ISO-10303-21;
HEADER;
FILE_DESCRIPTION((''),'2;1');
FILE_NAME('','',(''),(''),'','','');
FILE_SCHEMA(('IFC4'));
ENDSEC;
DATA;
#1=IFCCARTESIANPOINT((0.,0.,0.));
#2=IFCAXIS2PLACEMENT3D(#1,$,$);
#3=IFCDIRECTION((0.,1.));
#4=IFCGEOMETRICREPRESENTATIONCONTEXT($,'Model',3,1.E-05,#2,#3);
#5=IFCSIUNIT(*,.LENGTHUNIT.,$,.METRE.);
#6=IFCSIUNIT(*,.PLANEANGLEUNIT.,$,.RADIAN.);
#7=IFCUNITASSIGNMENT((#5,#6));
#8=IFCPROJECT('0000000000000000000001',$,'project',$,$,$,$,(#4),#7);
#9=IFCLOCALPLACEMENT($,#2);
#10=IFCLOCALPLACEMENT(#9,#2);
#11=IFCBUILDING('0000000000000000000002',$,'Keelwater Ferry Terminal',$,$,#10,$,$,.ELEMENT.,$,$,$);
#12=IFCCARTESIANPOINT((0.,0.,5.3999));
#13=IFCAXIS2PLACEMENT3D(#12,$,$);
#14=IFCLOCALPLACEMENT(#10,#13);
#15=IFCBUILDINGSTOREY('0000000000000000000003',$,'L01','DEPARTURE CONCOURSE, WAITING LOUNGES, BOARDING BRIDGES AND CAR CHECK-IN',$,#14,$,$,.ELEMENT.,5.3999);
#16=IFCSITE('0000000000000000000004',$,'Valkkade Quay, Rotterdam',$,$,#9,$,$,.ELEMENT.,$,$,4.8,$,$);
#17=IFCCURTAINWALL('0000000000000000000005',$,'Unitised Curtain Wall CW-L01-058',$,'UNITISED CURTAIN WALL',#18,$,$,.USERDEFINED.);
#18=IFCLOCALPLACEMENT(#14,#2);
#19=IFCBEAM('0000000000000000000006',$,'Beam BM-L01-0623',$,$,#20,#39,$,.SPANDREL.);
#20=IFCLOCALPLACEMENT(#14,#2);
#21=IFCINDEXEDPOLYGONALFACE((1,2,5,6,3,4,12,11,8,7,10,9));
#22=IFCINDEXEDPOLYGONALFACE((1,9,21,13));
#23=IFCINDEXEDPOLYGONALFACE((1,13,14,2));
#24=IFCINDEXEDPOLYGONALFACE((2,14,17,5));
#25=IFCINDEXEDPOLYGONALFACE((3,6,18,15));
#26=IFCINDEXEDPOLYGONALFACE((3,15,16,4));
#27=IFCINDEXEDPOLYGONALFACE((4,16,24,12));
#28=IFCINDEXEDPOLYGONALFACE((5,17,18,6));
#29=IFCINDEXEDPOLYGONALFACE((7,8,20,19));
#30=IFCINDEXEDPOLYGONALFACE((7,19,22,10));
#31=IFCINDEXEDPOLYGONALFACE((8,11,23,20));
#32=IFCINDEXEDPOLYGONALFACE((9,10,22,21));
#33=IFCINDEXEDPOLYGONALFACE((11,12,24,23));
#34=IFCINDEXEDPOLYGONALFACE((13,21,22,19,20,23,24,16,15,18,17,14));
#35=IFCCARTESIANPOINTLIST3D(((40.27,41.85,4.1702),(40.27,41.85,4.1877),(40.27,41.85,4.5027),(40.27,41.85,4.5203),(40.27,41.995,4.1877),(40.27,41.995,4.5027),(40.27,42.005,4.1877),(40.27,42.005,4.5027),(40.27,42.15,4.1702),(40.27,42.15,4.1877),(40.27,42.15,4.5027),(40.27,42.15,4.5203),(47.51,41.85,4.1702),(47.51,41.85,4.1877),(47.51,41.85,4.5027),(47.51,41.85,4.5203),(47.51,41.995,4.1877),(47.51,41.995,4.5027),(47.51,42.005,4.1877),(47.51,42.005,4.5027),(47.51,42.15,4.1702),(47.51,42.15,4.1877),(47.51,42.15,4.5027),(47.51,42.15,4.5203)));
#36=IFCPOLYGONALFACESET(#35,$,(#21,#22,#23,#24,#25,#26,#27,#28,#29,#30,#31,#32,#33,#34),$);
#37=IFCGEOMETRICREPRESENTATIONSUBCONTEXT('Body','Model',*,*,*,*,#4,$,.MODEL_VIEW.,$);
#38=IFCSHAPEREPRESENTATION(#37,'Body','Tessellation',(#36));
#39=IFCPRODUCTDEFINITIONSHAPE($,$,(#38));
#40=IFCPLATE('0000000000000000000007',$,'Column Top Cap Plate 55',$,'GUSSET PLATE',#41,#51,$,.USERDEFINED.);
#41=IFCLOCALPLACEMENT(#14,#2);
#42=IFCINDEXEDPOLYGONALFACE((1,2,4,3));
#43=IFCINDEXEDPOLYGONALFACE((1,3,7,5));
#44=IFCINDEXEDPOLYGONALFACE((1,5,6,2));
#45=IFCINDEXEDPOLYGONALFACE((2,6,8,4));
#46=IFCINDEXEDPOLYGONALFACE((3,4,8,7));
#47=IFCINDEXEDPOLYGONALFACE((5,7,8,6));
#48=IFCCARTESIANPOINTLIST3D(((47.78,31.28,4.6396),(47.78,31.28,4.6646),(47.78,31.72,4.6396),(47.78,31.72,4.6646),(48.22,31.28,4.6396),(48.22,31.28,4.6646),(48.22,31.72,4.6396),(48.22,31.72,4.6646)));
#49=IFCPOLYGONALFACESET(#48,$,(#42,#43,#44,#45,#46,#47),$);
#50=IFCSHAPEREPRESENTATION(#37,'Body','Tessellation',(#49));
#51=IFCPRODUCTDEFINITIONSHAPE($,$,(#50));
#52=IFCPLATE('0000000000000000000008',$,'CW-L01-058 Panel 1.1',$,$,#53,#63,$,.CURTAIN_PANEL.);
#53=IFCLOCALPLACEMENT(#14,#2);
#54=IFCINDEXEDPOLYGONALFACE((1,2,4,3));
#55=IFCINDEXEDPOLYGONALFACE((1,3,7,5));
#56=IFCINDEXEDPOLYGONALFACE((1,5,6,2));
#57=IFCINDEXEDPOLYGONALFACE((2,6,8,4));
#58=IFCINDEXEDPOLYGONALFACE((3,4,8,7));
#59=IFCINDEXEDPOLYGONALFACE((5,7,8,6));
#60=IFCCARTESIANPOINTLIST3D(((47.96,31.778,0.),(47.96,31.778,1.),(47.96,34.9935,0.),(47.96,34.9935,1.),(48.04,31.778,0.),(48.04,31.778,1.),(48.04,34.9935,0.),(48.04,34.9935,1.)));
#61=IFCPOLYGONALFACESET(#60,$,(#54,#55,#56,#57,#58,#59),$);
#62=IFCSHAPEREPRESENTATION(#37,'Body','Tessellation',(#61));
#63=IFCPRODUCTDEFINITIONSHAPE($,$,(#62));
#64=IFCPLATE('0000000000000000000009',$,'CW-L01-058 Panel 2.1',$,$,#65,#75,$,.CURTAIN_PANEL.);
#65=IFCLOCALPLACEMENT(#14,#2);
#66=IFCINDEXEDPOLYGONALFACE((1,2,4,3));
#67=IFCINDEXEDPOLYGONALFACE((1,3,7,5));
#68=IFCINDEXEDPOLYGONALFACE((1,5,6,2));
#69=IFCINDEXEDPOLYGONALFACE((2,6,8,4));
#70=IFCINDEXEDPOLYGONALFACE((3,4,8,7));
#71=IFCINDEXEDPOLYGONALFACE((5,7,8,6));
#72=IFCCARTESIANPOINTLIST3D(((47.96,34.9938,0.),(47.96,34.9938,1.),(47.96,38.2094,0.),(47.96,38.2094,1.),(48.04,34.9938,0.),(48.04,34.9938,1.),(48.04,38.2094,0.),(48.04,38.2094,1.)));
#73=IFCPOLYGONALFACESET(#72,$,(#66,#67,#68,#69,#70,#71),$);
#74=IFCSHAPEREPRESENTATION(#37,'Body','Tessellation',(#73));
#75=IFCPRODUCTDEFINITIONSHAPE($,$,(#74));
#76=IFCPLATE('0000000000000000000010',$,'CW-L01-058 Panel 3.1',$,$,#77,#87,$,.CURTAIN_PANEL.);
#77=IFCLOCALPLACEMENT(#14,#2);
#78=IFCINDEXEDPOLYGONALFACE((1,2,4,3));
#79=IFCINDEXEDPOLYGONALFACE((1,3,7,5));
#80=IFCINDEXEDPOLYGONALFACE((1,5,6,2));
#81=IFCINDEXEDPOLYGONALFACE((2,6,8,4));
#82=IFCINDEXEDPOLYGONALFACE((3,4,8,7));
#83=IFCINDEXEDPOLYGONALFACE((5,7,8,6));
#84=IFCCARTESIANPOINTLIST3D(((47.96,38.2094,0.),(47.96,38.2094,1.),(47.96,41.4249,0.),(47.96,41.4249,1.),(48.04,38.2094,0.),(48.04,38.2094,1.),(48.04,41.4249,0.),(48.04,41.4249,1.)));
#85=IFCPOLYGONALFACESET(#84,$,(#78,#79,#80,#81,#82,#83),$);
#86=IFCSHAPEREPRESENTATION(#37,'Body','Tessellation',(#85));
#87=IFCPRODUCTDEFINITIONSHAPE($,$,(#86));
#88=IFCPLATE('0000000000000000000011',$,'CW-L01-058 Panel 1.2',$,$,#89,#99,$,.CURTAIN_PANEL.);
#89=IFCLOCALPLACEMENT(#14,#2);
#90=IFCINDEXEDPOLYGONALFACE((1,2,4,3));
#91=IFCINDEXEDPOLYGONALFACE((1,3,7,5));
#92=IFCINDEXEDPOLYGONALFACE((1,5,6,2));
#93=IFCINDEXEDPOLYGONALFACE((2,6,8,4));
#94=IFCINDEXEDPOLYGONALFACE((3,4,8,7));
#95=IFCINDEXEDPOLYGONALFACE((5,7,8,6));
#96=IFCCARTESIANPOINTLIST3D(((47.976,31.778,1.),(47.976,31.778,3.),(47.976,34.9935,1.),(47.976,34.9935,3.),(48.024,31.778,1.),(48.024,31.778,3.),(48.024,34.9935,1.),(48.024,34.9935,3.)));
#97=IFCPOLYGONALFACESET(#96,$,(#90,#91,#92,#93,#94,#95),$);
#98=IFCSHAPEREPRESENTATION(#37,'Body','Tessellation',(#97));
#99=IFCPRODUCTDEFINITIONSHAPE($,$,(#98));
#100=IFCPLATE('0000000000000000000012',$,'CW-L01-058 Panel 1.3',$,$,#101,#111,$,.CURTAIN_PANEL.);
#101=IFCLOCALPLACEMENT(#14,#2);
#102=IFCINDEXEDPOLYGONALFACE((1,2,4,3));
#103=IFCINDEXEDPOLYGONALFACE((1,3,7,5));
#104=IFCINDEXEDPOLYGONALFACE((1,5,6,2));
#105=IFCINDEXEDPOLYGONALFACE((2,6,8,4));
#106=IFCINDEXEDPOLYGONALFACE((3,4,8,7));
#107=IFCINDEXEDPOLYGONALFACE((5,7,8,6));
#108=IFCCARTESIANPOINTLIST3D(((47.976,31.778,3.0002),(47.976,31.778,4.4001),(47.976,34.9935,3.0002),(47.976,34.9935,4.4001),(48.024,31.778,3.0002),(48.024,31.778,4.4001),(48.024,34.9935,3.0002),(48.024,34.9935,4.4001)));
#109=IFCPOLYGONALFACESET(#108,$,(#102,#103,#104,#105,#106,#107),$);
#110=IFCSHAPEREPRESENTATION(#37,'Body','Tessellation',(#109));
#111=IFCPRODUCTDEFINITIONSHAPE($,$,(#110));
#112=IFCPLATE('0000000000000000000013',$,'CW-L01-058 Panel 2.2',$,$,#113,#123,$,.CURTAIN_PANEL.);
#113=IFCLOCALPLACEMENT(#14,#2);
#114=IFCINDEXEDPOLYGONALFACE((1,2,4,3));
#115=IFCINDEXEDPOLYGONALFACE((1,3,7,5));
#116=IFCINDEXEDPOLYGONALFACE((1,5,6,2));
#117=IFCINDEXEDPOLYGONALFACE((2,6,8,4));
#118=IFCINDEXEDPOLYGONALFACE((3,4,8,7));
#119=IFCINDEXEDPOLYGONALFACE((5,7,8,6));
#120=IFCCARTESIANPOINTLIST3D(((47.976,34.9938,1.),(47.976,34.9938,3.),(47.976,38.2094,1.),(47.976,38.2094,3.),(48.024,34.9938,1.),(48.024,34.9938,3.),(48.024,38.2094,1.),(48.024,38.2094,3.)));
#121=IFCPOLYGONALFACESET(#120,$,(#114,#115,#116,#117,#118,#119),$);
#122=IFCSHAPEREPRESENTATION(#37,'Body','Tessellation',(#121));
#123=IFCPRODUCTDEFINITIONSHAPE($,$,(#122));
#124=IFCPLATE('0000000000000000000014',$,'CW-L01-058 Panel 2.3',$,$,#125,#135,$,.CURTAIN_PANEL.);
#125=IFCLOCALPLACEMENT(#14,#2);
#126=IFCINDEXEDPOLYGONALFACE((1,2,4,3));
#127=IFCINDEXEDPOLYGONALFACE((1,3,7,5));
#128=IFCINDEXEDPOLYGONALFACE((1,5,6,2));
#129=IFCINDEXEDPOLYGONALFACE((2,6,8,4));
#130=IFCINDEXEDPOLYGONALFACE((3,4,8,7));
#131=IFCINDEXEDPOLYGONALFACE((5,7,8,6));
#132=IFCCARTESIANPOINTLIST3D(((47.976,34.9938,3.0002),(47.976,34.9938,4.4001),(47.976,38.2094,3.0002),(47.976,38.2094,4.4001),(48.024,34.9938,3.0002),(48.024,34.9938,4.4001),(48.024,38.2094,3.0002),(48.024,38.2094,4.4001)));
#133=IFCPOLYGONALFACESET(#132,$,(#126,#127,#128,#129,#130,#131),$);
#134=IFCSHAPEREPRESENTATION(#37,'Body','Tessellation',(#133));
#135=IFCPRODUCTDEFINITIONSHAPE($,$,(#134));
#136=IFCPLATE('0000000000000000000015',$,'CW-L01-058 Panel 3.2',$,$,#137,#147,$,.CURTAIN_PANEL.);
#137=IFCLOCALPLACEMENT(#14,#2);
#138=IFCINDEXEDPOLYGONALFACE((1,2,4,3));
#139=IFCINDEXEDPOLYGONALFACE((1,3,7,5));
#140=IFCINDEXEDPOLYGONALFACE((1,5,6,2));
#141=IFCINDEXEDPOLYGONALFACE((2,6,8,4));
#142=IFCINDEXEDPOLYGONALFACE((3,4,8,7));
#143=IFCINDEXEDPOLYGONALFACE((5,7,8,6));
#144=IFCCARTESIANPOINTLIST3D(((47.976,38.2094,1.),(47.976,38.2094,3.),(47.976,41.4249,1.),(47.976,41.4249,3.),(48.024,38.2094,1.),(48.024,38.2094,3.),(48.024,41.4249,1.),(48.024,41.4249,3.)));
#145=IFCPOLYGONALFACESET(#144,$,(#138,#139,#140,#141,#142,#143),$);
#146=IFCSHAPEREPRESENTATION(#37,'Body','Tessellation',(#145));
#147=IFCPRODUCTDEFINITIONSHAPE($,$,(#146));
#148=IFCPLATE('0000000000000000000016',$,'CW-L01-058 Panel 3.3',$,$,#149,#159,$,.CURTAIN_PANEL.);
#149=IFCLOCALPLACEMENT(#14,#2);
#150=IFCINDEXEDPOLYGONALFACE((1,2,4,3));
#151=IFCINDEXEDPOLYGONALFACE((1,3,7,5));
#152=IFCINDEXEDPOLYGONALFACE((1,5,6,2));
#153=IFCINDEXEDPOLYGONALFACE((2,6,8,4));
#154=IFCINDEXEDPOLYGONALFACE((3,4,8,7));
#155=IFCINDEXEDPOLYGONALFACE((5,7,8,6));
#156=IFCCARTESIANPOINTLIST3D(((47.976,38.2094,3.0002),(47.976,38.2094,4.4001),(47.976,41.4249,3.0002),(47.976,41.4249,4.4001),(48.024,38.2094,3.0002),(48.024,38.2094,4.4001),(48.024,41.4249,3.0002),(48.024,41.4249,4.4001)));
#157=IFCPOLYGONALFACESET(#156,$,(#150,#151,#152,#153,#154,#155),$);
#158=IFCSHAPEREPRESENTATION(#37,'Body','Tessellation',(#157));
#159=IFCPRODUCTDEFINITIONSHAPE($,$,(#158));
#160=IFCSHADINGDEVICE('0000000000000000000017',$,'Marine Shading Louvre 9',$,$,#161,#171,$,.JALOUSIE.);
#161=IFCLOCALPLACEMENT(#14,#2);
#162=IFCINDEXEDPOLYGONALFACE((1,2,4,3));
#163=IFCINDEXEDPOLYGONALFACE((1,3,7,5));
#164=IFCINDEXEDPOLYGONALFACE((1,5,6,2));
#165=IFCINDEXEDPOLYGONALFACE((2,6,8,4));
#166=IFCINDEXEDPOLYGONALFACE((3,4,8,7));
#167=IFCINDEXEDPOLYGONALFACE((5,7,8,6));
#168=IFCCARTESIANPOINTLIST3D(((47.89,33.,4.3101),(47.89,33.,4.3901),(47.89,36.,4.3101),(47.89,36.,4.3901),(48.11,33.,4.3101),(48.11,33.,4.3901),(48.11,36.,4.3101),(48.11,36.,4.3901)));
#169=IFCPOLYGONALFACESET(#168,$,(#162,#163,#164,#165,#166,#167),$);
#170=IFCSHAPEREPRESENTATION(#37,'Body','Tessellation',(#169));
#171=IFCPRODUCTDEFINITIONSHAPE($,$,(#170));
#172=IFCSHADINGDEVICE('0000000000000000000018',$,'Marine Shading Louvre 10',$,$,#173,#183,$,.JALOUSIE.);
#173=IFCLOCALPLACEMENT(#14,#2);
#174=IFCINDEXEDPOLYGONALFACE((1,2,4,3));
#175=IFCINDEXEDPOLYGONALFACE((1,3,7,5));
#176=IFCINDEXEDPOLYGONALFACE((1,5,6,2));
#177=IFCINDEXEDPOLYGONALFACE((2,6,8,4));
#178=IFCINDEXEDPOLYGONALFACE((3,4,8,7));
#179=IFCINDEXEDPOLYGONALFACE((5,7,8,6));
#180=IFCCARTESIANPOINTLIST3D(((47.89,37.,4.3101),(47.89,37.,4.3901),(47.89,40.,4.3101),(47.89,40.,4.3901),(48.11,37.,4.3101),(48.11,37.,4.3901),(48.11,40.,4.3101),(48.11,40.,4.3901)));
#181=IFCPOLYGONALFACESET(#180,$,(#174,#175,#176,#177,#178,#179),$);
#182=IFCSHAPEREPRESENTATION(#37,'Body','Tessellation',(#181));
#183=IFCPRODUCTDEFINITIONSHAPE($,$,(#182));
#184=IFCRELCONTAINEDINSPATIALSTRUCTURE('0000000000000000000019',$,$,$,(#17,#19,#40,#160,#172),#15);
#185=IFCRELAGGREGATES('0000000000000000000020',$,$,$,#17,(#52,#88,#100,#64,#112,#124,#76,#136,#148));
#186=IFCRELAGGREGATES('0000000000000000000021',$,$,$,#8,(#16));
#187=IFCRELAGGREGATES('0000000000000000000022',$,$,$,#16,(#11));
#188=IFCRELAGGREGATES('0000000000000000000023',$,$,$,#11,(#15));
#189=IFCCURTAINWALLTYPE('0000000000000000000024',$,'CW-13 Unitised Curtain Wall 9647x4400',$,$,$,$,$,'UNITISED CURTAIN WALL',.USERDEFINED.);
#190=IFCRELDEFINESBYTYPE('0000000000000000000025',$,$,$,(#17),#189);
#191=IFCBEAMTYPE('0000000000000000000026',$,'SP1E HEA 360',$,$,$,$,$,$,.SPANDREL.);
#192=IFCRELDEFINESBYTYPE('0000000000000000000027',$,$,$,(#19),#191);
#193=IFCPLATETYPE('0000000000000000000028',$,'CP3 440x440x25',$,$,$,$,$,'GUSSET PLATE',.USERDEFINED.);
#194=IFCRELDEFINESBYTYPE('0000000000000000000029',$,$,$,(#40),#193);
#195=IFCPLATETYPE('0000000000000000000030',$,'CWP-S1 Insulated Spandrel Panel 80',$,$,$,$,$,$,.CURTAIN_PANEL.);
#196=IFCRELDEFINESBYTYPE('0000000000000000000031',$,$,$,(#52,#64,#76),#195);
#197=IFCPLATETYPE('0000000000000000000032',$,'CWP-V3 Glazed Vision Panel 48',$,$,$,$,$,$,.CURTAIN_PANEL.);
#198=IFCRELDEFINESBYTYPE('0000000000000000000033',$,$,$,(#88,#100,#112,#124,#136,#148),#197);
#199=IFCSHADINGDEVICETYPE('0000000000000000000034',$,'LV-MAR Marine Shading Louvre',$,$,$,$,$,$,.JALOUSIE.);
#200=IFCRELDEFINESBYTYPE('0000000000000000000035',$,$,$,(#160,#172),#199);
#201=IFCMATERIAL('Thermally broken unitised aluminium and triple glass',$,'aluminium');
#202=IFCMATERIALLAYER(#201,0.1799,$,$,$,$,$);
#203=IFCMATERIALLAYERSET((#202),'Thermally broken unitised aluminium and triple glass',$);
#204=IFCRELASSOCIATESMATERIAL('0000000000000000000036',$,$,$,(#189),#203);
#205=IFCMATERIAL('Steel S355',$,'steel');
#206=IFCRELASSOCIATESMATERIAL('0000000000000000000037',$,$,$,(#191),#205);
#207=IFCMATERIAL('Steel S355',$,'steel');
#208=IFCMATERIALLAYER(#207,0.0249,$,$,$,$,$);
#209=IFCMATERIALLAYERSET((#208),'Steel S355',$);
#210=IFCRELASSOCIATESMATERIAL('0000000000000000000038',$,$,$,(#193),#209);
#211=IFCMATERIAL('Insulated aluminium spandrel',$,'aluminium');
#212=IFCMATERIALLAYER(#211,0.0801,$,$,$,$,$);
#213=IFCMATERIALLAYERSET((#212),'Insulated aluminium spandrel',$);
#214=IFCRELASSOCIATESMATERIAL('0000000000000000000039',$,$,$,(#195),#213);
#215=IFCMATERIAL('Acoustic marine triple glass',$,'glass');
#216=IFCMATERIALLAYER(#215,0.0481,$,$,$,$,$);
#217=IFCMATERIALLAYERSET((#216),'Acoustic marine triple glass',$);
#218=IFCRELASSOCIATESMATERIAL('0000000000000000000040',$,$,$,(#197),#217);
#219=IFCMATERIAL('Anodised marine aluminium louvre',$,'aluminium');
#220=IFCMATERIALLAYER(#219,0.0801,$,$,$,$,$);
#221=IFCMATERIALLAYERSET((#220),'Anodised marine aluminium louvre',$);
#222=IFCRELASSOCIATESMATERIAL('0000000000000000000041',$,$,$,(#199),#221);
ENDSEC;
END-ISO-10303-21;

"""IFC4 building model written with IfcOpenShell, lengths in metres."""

from ifc_helpers import new_model, si_unit, direction, frame, origin, origin_2d, place, context, subcontext, project, spatial, rectangle, i_section, extrude, material, layer, layer_set, material_profile, profile_set, type_object, element, aggregate, save


model = new_model("IFC4")

# Units and contexts
model_context = context("Model", 3, precision=1e-05, world=origin(), true_north=direction((0.0, 1.0)))
body_context = subcontext(model_context, "Body", "Model", "MODEL_VIEW")
ifc_project = project(units=[si_unit("LENGTHUNIT", "METRE"), si_unit("PLANEANGLEUNIT", "RADIAN")], contexts=[model_context])

# Site, building, storey
site_placement = place(None, origin())
site = spatial("IfcSite", under=ifc_project, at=site_placement, Name="Valkkade Quay, Rotterdam", CompositionType="ELEMENT", RefElevation=4.8)
building_placement = place(site_placement, origin())
building = spatial("IfcBuilding", under=site, at=building_placement, Name="Keelwater Ferry Terminal", CompositionType="ELEMENT")
storey_placement = place(building_placement, frame((0.0, 0.0, 5.3999)))
storey = spatial("IfcBuildingStorey", under=building, at=storey_placement, Name="L01", Description="DEPARTURE CONCOURSE, WAITING LOUNGES, BOARDING BRIDGES AND CAR CHECK-IN", CompositionType="ELEMENT", Elevation=5.3999)

# Curtain wall
ifc_material_1 = material(Name="Thermally broken unitised aluminium and triple glass", Category="aluminium")
ifc_layer_1 = layer(ifc_material_1, 0.1799)
ifc_layer_set_1 = layer_set([ifc_layer_1], Name="Thermally broken unitised aluminium and triple glass")
curtain_wall_type_1 = type_object("IfcCurtainWallType", Name="CW-13 Unitised Curtain Wall 9647x4400", ElementType="UNITISED CURTAIN WALL", PredefinedType="USERDEFINED", material=ifc_layer_set_1)
curtain_wall_1_placement = place(storey_placement, origin())
curtain_wall_1 = element("IfcCurtainWall", 1, at=curtain_wall_1_placement, inside=storey, type_object=curtain_wall_type_1, Name="Unitised Curtain Wall CW-L01-058", ObjectType="UNITISED CURTAIN WALL", PredefinedType="USERDEFINED")

# Beam
ifc_material_2 = material(Name="Steel S355", Category="steel")
ifc_material_profile_1 = material_profile(ifc_material_2, i_section(OverallWidth=0.3, OverallDepth=0.3501, WebThickness=0.01, FlangeThickness=0.0176, at=origin_2d()), Name="HEA 360")
ifc_profile_set_1 = profile_set([ifc_material_profile_1], Name="Steel S355")
beam_type_1 = type_object("IfcBeamType", Name="SP1E HEA 360", PredefinedType="SPANDREL", material=ifc_profile_set_1)
beam_1_placement = place(storey_placement, frame((40.27, 42.0, 4.3452), z_axis=(1.0, 0.0, 0.0), x_axis=(0.0, 1.0, 0.0)))
element("IfcBeam", 2, at=beam_1_placement, inside=storey, type_object=beam_type_1, Name="Beam BM-L01-0623", PredefinedType="SPANDREL", context=body_context, shape_type="SweptSolid", body=[
    extrude(i_section(OverallWidth=0.3, OverallDepth=0.3501, WebThickness=0.01, FlangeThickness=0.0176, at=origin_2d()), origin(), (0.0, 0.0, 1.0), 7.24),
])

# Plates
ifc_material_3 = material(Name="Steel S355", Category="steel")
ifc_layer_2 = layer(ifc_material_3, 0.0249)
ifc_layer_set_2 = layer_set([ifc_layer_2], Name="Steel S355")
plate_type_1 = type_object("IfcPlateType", Name="CP3 440x440x25", ElementType="GUSSET PLATE", PredefinedType="USERDEFINED", material=ifc_layer_set_2)
plate_1_placement = place(storey_placement, frame((48.0, 31.5, 4.6396), z_axis=(0.0, 0.0, 1.0), x_axis=(1.0, 0.0, 0.0)))
element("IfcPlate", 3, at=plate_1_placement, inside=storey, type_object=plate_type_1, Name="Column Top Cap Plate 55", ObjectType="GUSSET PLATE", PredefinedType="USERDEFINED", context=body_context, shape_type="SweptSolid", body=[
    extrude(rectangle(XDim=0.4399, YDim=0.4399, at=origin_2d()), origin(), (0.0, 0.0, 1.0), 0.0249),
])
ifc_material_4 = material(Name="Insulated aluminium spandrel", Category="aluminium")
ifc_layer_3 = layer(ifc_material_4, 0.0801)
ifc_layer_set_3 = layer_set([ifc_layer_3], Name="Insulated aluminium spandrel")
plate_type_2 = type_object("IfcPlateType", Name="CWP-S1 Insulated Spandrel Panel 80", PredefinedType="CURTAIN_PANEL", material=ifc_layer_set_3)
plate_2_placement = place(storey_placement, frame((48.0, 33.3857, 0.0), z_axis=(0.0, 0.0, 1.0), x_axis=(0.0, 1.0, 0.0)))
plate_2 = element("IfcPlate", 4, at=plate_2_placement, type_object=plate_type_2, Name="CW-L01-058 Panel 1.1", PredefinedType="CURTAIN_PANEL", context=body_context, shape_type="SweptSolid", body=[
    extrude(rectangle(XDim=3.2156, YDim=0.0801, at=origin_2d()), origin(), (0.0, 0.0, 1.0), 1.0),
])
plate_3_placement = place(storey_placement, frame((48.0, 36.6016, 0.0), z_axis=(0.0, 0.0, 1.0), x_axis=(0.0, 1.0, 0.0)))
plate_3 = element("IfcPlate", 5, at=plate_3_placement, type_object=plate_type_2, Name="CW-L01-058 Panel 2.1", PredefinedType="CURTAIN_PANEL", context=body_context, shape_type="SweptSolid", body=[
    extrude(rectangle(XDim=3.2156, YDim=0.0801, at=origin_2d()), origin(), (0.0, 0.0, 1.0), 1.0),
])
plate_4_placement = place(storey_placement, frame((48.0, 39.8171, 0.0), z_axis=(0.0, 0.0, 1.0), x_axis=(0.0, 1.0, 0.0)))
plate_4 = element("IfcPlate", 6, at=plate_4_placement, type_object=plate_type_2, Name="CW-L01-058 Panel 3.1", PredefinedType="CURTAIN_PANEL", context=body_context, shape_type="SweptSolid", body=[
    extrude(rectangle(XDim=3.2156, YDim=0.0801, at=origin_2d()), origin(), (0.0, 0.0, 1.0), 1.0),
])
ifc_material_5 = material(Name="Acoustic marine triple glass", Category="glass")
ifc_layer_4 = layer(ifc_material_5, 0.0481)
ifc_layer_set_4 = layer_set([ifc_layer_4], Name="Acoustic marine triple glass")
plate_type_3 = type_object("IfcPlateType", Name="CWP-V3 Glazed Vision Panel 48", PredefinedType="CURTAIN_PANEL", material=ifc_layer_set_4)
plate_5_placement = place(storey_placement, frame((48.0, 33.3857, 1.0), z_axis=(0.0, 0.0, 1.0), x_axis=(0.0, 1.0, 0.0)))
plate_5 = element("IfcPlate", 7, at=plate_5_placement, type_object=plate_type_3, Name="CW-L01-058 Panel 1.2", PredefinedType="CURTAIN_PANEL", context=body_context, shape_type="SweptSolid", body=[
    extrude(rectangle(XDim=3.2156, YDim=0.0481, at=origin_2d()), origin(), (0.0, 0.0, 1.0), 2.0),
])
plate_6_placement = place(storey_placement, frame((48.0, 33.3857, 3.0002), z_axis=(0.0, 0.0, 1.0), x_axis=(0.0, 1.0, 0.0)))
plate_6 = element("IfcPlate", 8, at=plate_6_placement, type_object=plate_type_3, Name="CW-L01-058 Panel 1.3", PredefinedType="CURTAIN_PANEL", context=body_context, shape_type="SweptSolid", body=[
    extrude(rectangle(XDim=3.2156, YDim=0.0481, at=origin_2d()), origin(), (0.0, 0.0, 1.0), 1.3999),
])
plate_7_placement = place(storey_placement, frame((48.0, 36.6016, 1.0), z_axis=(0.0, 0.0, 1.0), x_axis=(0.0, 1.0, 0.0)))
plate_7 = element("IfcPlate", 9, at=plate_7_placement, type_object=plate_type_3, Name="CW-L01-058 Panel 2.2", PredefinedType="CURTAIN_PANEL", context=body_context, shape_type="SweptSolid", body=[
    extrude(rectangle(XDim=3.2156, YDim=0.0481, at=origin_2d()), origin(), (0.0, 0.0, 1.0), 2.0),
])
plate_8_placement = place(storey_placement, frame((48.0, 36.6016, 3.0002), z_axis=(0.0, 0.0, 1.0), x_axis=(0.0, 1.0, 0.0)))
plate_8 = element("IfcPlate", 10, at=plate_8_placement, type_object=plate_type_3, Name="CW-L01-058 Panel 2.3", PredefinedType="CURTAIN_PANEL", context=body_context, shape_type="SweptSolid", body=[
    extrude(rectangle(XDim=3.2156, YDim=0.0481, at=origin_2d()), origin(), (0.0, 0.0, 1.0), 1.3999),
])
plate_9_placement = place(storey_placement, frame((48.0, 39.8171, 1.0), z_axis=(0.0, 0.0, 1.0), x_axis=(0.0, 1.0, 0.0)))
plate_9 = element("IfcPlate", 11, at=plate_9_placement, type_object=plate_type_3, Name="CW-L01-058 Panel 3.2", PredefinedType="CURTAIN_PANEL", context=body_context, shape_type="SweptSolid", body=[
    extrude(rectangle(XDim=3.2156, YDim=0.0481, at=origin_2d()), origin(), (0.0, 0.0, 1.0), 2.0),
])
plate_10_placement = place(storey_placement, frame((48.0, 39.8171, 3.0002), z_axis=(0.0, 0.0, 1.0), x_axis=(0.0, 1.0, 0.0)))
plate_10 = element("IfcPlate", 12, at=plate_10_placement, type_object=plate_type_3, Name="CW-L01-058 Panel 3.3", PredefinedType="CURTAIN_PANEL", context=body_context, shape_type="SweptSolid", body=[
    extrude(rectangle(XDim=3.2156, YDim=0.0481, at=origin_2d()), origin(), (0.0, 0.0, 1.0), 1.3999),
])
aggregate(curtain_wall_1, [plate_2, plate_5, plate_6, plate_3, plate_7, plate_8, plate_4, plate_9, plate_10])

# Shading devices
ifc_material_6 = material(Name="Anodised marine aluminium louvre", Category="aluminium")
ifc_layer_5 = layer(ifc_material_6, 0.0801)
ifc_layer_set_5 = layer_set([ifc_layer_5], Name="Anodised marine aluminium louvre")
shading_device_type = type_object("IfcShadingDeviceType", Name="LV-MAR Marine Shading Louvre", PredefinedType="JALOUSIE", material=ifc_layer_set_5)
for number, where, z_axis, x_axis, name in (
    (13, (48.0, 34.5, 4.3101), (0.0, 0.0, 1.0), (1.0, 0.0, 0.0), "Marine Shading Louvre 9"),
    (14, (48.0, 38.5, 4.3101), (0.0, 0.0, 1.0), (1.0, 0.0, 0.0), "Marine Shading Louvre 10"),
):
    element("IfcShadingDevice", number, at=place(storey_placement, frame(where, z_axis=z_axis, x_axis=x_axis)), inside=storey, type_object=shading_device_type, Name=name, PredefinedType="JALOUSIE", context=body_context, shape_type="SweptSolid", body=[
        extrude(rectangle(XDim=0.22, YDim=3.0, at=origin_2d()), origin(), (0.0, 0.0, 1.0), 0.0801),
    ])

save(model, "model.ifc")
